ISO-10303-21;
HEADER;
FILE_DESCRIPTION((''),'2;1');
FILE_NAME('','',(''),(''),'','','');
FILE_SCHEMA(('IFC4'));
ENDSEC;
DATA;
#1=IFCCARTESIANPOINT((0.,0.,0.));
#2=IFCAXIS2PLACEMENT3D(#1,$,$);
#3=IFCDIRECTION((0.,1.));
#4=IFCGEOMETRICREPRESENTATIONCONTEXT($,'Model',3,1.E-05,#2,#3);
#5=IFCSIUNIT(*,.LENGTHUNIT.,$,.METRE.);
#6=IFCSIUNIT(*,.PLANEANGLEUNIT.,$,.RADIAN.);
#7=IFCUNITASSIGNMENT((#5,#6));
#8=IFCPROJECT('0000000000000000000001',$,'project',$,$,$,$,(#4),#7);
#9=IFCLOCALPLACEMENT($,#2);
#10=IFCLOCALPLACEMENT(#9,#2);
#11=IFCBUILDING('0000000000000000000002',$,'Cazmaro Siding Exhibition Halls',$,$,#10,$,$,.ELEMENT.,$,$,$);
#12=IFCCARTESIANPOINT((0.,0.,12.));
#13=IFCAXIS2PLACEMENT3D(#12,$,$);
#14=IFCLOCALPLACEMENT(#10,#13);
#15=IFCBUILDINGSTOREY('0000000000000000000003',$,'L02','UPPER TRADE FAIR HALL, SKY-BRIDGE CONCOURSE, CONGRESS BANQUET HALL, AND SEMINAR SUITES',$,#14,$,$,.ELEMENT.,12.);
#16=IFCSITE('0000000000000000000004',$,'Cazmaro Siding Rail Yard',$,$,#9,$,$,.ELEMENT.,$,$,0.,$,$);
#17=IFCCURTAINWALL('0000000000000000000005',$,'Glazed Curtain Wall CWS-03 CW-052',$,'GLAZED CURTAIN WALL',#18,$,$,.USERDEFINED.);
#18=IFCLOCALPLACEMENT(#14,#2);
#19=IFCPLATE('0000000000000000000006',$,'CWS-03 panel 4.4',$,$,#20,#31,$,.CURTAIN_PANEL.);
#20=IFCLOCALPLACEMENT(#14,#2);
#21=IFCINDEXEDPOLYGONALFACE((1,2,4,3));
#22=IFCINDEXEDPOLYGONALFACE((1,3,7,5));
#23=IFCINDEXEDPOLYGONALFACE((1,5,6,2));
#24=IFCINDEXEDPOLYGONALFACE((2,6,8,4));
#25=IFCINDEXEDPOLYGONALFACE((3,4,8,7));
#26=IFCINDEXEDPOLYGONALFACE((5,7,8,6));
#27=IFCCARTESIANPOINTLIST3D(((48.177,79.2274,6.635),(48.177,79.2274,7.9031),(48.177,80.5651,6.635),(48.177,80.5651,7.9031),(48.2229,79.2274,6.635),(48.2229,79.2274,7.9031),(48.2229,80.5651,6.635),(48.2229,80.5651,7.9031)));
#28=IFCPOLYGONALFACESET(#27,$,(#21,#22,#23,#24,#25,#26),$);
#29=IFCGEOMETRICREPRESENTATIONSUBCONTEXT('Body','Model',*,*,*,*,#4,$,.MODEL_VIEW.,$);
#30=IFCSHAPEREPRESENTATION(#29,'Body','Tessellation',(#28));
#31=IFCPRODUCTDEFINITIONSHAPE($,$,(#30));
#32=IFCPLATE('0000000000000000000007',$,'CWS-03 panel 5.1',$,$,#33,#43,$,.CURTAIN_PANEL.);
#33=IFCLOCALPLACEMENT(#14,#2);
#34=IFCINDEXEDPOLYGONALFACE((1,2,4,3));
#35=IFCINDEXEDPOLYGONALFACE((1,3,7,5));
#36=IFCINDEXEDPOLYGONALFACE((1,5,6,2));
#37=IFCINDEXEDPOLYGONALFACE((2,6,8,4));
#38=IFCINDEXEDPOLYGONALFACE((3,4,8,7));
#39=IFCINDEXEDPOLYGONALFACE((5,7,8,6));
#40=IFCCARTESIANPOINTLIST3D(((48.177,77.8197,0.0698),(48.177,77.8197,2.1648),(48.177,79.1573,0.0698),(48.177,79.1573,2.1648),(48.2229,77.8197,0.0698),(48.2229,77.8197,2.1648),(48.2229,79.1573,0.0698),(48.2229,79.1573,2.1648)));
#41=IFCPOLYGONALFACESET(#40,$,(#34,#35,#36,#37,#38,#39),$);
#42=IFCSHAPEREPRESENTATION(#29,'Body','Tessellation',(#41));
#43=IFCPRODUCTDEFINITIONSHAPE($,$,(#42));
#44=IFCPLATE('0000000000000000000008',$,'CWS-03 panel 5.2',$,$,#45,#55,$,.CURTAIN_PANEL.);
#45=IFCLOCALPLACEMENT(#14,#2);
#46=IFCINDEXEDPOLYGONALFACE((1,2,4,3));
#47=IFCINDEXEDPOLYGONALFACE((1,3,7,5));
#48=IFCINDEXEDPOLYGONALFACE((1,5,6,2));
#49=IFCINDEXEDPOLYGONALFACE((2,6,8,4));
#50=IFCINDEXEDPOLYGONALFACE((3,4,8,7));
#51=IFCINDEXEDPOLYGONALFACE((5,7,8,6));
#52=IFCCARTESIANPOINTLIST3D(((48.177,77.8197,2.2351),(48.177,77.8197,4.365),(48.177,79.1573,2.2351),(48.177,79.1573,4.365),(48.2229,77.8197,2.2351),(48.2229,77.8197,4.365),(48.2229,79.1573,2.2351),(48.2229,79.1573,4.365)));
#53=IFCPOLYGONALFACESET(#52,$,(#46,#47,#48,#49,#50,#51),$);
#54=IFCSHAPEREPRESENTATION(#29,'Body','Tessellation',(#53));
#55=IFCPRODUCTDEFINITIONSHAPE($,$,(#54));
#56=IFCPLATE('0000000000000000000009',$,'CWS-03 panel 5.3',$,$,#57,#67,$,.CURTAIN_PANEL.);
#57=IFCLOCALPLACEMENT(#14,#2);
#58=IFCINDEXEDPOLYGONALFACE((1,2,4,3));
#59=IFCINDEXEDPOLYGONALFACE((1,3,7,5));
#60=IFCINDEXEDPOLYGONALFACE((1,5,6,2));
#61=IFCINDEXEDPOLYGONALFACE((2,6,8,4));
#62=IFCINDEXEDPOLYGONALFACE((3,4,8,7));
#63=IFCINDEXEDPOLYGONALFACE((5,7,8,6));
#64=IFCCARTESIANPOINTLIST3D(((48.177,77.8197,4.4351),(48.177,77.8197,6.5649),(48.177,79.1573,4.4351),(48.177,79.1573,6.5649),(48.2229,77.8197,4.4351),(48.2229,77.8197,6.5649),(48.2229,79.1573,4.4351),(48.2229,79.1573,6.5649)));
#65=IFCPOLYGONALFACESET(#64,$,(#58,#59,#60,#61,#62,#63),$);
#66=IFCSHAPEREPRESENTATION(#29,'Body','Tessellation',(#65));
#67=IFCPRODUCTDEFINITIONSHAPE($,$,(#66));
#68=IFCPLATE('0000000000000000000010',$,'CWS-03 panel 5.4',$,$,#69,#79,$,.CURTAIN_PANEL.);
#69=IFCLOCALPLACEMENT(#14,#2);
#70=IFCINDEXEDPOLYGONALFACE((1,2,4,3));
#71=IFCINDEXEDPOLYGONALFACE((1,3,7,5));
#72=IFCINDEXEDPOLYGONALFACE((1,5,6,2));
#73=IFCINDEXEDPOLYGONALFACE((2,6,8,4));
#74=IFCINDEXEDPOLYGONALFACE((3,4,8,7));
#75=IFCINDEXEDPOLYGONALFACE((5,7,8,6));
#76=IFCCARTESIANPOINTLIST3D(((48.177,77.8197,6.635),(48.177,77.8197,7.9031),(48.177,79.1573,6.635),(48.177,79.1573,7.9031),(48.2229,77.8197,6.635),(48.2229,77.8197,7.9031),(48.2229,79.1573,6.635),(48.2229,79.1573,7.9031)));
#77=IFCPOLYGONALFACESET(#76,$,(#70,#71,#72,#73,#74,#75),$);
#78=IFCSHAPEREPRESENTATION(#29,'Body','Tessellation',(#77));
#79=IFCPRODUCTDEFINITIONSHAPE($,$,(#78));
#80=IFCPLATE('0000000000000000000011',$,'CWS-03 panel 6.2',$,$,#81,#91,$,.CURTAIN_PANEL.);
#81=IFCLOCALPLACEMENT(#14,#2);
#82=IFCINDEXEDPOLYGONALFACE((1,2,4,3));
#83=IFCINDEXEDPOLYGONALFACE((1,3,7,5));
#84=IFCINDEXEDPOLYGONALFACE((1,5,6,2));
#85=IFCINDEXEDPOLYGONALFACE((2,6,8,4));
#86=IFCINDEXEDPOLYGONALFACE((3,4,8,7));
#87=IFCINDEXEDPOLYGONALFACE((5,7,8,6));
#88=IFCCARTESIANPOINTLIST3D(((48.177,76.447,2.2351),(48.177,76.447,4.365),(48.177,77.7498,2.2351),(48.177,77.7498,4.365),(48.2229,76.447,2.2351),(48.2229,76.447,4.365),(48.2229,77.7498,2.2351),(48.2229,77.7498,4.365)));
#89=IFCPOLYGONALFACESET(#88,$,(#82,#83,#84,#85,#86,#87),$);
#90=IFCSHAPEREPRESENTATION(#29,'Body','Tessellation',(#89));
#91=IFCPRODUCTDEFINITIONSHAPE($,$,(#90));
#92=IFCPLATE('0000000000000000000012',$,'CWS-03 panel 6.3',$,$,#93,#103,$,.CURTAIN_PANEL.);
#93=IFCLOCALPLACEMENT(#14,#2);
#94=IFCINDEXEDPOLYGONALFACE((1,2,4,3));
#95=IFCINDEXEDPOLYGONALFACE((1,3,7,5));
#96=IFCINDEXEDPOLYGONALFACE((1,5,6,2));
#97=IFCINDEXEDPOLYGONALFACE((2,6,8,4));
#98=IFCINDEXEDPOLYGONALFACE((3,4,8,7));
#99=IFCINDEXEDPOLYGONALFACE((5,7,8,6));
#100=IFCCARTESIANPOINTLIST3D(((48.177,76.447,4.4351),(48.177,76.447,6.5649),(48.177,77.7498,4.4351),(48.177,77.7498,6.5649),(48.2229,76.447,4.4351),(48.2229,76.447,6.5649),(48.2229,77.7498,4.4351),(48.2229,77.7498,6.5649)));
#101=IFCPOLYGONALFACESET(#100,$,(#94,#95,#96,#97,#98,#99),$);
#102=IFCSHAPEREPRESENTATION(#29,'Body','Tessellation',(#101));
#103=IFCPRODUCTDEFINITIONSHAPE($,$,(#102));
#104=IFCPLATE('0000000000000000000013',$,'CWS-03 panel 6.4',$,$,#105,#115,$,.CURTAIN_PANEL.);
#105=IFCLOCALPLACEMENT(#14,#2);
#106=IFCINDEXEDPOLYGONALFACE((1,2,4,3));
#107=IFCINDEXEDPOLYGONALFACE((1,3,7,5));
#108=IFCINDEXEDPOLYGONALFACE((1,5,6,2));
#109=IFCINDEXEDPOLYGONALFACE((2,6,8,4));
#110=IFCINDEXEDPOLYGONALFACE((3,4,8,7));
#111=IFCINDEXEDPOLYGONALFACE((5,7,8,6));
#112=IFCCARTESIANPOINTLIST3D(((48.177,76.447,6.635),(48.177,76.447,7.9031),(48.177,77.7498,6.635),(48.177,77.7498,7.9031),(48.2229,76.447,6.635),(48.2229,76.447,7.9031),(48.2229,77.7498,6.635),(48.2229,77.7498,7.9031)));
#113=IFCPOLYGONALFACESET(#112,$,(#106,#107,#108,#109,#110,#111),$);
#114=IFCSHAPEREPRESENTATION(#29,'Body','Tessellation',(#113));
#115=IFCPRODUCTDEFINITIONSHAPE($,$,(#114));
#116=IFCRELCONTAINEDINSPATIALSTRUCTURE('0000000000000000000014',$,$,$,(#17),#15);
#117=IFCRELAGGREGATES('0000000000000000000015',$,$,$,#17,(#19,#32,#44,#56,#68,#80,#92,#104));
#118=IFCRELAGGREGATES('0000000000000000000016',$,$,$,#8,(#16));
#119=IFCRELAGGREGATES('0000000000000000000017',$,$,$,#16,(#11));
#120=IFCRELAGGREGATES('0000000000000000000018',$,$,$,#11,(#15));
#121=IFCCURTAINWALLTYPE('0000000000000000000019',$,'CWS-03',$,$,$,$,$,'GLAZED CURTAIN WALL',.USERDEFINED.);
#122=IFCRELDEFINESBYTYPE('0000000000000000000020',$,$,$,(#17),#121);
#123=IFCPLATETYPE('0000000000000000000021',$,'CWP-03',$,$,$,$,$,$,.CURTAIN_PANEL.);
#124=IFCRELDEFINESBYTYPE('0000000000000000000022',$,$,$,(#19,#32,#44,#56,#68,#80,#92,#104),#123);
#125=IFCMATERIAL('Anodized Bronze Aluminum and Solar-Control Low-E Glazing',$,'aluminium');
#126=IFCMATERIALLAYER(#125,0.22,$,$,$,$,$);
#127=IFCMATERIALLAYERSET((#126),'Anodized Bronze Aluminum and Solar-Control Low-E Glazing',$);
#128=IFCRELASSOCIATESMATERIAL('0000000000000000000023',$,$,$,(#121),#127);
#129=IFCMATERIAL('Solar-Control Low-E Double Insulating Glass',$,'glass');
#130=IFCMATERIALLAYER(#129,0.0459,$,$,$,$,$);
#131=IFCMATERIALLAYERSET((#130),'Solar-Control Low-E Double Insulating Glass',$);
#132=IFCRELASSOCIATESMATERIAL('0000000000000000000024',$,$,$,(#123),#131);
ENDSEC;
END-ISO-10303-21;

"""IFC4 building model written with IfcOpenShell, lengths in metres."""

from ifc_helpers import new_model, si_unit, direction, frame, origin, origin_2d, place, context, subcontext, project, spatial, rectangle, extrude, material, layer, layer_set, type_object, element, aggregate, save


model = new_model("IFC4")

# Units and contexts
model_context = context("Model", 3, precision=1e-05, world=origin(), true_north=direction((0.0, 1.0)))
body_context = subcontext(model_context, "Body", "Model", "MODEL_VIEW")
ifc_project = project(units=[si_unit("LENGTHUNIT", "METRE"), si_unit("PLANEANGLEUNIT", "RADIAN")], contexts=[model_context])

# Site, building, storey
site_placement = place(None, origin())
site = spatial("IfcSite", under=ifc_project, at=site_placement, Name="Cazmaro Siding Rail Yard", CompositionType="ELEMENT", RefElevation=0.0)
building_placement = place(site_placement, origin())
building = spatial("IfcBuilding", under=site, at=building_placement, Name="Cazmaro Siding Exhibition Halls", CompositionType="ELEMENT")
storey_placement = place(building_placement, frame((0.0, 0.0, 12.0)))
storey = spatial("IfcBuildingStorey", under=building, at=storey_placement, Name="L02", Description="UPPER TRADE FAIR HALL, SKY-BRIDGE CONCOURSE, CONGRESS BANQUET HALL, AND SEMINAR SUITES", CompositionType="ELEMENT", Elevation=12.0)

# Curtain wall, plates
ifc_material_1 = material(Name="Anodized Bronze Aluminum and Solar-Control Low-E Glazing", Category="aluminium")
ifc_layer_1 = layer(ifc_material_1, 0.22)
ifc_layer_set_1 = layer_set([ifc_layer_1], Name="Anodized Bronze Aluminum and Solar-Control Low-E Glazing")
curtain_wall_type = type_object("IfcCurtainWallType", Name="CWS-03", ElementType="GLAZED CURTAIN WALL", PredefinedType="USERDEFINED", material=ifc_layer_set_1)
curtain_wall_placement = place(storey_placement, origin())
curtain_wall = element("IfcCurtainWall", 1, at=curtain_wall_placement, inside=storey, type_object=curtain_wall_type, Name="Glazed Curtain Wall CWS-03 CW-052", ObjectType="GLAZED CURTAIN WALL", PredefinedType="USERDEFINED")
ifc_material_2 = material(Name="Solar-Control Low-E Double Insulating Glass", Category="glass")
ifc_layer_2 = layer(ifc_material_2, 0.0459)
ifc_layer_set_2 = layer_set([ifc_layer_2], Name="Solar-Control Low-E Double Insulating Glass")
plate_type = type_object("IfcPlateType", Name="CWP-03", PredefinedType="CURTAIN_PANEL", material=ifc_layer_set_2)
plate_1_placement = place(storey_placement, frame((48.2, 79.8962, 6.635), z_axis=(0.0, 0.0, 1.0), x_axis=(0.0, -1.0, 0.0)))
plate_1 = element("IfcPlate", 2, at=plate_1_placement, type_object=plate_type, Name="CWS-03 panel 4.4", PredefinedType="CURTAIN_PANEL", context=body_context, shape_type="SweptSolid", body=[
    extrude(rectangle(XDim=1.3376, YDim=0.0459, at=origin_2d()), origin(), (0.0, 0.0, 1.0), 1.2681),
])
plate_2_placement = place(storey_placement, frame((48.2, 78.4885, 0.0698), z_axis=(0.0, 0.0, 1.0), x_axis=(0.0, -1.0, 0.0)))
plate_2 = element("IfcPlate", 3, at=plate_2_placement, type_object=plate_type, Name="CWS-03 panel 5.1", PredefinedType="CURTAIN_PANEL", context=body_context, shape_type="SweptSolid", body=[
    extrude(rectangle(XDim=1.3376, YDim=0.0459, at=origin_2d()), origin(), (0.0, 0.0, 1.0), 2.095),
])
plate_3_placement = place(storey_placement, frame((48.2, 78.4885, 2.2351), z_axis=(0.0, 0.0, 1.0), x_axis=(0.0, -1.0, 0.0)))
plate_3 = element("IfcPlate", 4, at=plate_3_placement, type_object=plate_type, Name="CWS-03 panel 5.2", PredefinedType="CURTAIN_PANEL", context=body_context, shape_type="SweptSolid", body=[
    extrude(rectangle(XDim=1.3376, YDim=0.0459, at=origin_2d()), origin(), (0.0, 0.0, 1.0), 2.1299),
])
plate_4_placement = place(storey_placement, frame((48.2, 78.4885, 4.4351), z_axis=(0.0, 0.0, 1.0), x_axis=(0.0, -1.0, 0.0)))
plate_4 = element("IfcPlate", 5, at=plate_4_placement, type_object=plate_type, Name="CWS-03 panel 5.3", PredefinedType="CURTAIN_PANEL", context=body_context, shape_type="SweptSolid", body=[
    extrude(rectangle(XDim=1.3376, YDim=0.0459, at=origin_2d()), origin(), (0.0, 0.0, 1.0), 2.1299),
])
plate_5_placement = place(storey_placement, frame((48.2, 78.4885, 6.635), z_axis=(0.0, 0.0, 1.0), x_axis=(0.0, -1.0, 0.0)))
plate_5 = element("IfcPlate", 6, at=plate_5_placement, type_object=plate_type, Name="CWS-03 panel 5.4", PredefinedType="CURTAIN_PANEL", context=body_context, shape_type="SweptSolid", body=[
    extrude(rectangle(XDim=1.3376, YDim=0.0459, at=origin_2d()), origin(), (0.0, 0.0, 1.0), 1.2681),
])
plate_6_placement = place(storey_placement, frame((48.2, 77.0984, 2.2351), z_axis=(0.0, 0.0, 1.0), x_axis=(0.0, -1.0, 0.0)))
plate_6 = element("IfcPlate", 7, at=plate_6_placement, type_object=plate_type, Name="CWS-03 panel 6.2", PredefinedType="CURTAIN_PANEL", context=body_context, shape_type="SweptSolid", body=[
    extrude(rectangle(XDim=1.3027, YDim=0.0459, at=origin_2d()), origin(), (0.0, 0.0, 1.0), 2.1299),
])
plate_7_placement = place(storey_placement, frame((48.2, 77.0984, 4.4351), z_axis=(0.0, 0.0, 1.0), x_axis=(0.0, -1.0, 0.0)))
plate_7 = element("IfcPlate", 8, at=plate_7_placement, type_object=plate_type, Name="CWS-03 panel 6.3", PredefinedType="CURTAIN_PANEL", context=body_context, shape_type="SweptSolid", body=[
    extrude(rectangle(XDim=1.3027, YDim=0.0459, at=origin_2d()), origin(), (0.0, 0.0, 1.0), 2.1299),
])
plate_8_placement = place(storey_placement, frame((48.2, 77.0984, 6.635), z_axis=(0.0, 0.0, 1.0), x_axis=(0.0, -1.0, 0.0)))
plate_8 = element("IfcPlate", 9, at=plate_8_placement, type_object=plate_type, Name="CWS-03 panel 6.4", PredefinedType="CURTAIN_PANEL", context=body_context, shape_type="SweptSolid", body=[
    extrude(rectangle(XDim=1.3027, YDim=0.0459, at=origin_2d()), origin(), (0.0, 0.0, 1.0), 1.2681),
])
aggregate(curtain_wall, [plate_1, plate_2, plate_3, plate_4, plate_5, plate_6, plate_7, plate_8])

save(model, "model.ifc")
